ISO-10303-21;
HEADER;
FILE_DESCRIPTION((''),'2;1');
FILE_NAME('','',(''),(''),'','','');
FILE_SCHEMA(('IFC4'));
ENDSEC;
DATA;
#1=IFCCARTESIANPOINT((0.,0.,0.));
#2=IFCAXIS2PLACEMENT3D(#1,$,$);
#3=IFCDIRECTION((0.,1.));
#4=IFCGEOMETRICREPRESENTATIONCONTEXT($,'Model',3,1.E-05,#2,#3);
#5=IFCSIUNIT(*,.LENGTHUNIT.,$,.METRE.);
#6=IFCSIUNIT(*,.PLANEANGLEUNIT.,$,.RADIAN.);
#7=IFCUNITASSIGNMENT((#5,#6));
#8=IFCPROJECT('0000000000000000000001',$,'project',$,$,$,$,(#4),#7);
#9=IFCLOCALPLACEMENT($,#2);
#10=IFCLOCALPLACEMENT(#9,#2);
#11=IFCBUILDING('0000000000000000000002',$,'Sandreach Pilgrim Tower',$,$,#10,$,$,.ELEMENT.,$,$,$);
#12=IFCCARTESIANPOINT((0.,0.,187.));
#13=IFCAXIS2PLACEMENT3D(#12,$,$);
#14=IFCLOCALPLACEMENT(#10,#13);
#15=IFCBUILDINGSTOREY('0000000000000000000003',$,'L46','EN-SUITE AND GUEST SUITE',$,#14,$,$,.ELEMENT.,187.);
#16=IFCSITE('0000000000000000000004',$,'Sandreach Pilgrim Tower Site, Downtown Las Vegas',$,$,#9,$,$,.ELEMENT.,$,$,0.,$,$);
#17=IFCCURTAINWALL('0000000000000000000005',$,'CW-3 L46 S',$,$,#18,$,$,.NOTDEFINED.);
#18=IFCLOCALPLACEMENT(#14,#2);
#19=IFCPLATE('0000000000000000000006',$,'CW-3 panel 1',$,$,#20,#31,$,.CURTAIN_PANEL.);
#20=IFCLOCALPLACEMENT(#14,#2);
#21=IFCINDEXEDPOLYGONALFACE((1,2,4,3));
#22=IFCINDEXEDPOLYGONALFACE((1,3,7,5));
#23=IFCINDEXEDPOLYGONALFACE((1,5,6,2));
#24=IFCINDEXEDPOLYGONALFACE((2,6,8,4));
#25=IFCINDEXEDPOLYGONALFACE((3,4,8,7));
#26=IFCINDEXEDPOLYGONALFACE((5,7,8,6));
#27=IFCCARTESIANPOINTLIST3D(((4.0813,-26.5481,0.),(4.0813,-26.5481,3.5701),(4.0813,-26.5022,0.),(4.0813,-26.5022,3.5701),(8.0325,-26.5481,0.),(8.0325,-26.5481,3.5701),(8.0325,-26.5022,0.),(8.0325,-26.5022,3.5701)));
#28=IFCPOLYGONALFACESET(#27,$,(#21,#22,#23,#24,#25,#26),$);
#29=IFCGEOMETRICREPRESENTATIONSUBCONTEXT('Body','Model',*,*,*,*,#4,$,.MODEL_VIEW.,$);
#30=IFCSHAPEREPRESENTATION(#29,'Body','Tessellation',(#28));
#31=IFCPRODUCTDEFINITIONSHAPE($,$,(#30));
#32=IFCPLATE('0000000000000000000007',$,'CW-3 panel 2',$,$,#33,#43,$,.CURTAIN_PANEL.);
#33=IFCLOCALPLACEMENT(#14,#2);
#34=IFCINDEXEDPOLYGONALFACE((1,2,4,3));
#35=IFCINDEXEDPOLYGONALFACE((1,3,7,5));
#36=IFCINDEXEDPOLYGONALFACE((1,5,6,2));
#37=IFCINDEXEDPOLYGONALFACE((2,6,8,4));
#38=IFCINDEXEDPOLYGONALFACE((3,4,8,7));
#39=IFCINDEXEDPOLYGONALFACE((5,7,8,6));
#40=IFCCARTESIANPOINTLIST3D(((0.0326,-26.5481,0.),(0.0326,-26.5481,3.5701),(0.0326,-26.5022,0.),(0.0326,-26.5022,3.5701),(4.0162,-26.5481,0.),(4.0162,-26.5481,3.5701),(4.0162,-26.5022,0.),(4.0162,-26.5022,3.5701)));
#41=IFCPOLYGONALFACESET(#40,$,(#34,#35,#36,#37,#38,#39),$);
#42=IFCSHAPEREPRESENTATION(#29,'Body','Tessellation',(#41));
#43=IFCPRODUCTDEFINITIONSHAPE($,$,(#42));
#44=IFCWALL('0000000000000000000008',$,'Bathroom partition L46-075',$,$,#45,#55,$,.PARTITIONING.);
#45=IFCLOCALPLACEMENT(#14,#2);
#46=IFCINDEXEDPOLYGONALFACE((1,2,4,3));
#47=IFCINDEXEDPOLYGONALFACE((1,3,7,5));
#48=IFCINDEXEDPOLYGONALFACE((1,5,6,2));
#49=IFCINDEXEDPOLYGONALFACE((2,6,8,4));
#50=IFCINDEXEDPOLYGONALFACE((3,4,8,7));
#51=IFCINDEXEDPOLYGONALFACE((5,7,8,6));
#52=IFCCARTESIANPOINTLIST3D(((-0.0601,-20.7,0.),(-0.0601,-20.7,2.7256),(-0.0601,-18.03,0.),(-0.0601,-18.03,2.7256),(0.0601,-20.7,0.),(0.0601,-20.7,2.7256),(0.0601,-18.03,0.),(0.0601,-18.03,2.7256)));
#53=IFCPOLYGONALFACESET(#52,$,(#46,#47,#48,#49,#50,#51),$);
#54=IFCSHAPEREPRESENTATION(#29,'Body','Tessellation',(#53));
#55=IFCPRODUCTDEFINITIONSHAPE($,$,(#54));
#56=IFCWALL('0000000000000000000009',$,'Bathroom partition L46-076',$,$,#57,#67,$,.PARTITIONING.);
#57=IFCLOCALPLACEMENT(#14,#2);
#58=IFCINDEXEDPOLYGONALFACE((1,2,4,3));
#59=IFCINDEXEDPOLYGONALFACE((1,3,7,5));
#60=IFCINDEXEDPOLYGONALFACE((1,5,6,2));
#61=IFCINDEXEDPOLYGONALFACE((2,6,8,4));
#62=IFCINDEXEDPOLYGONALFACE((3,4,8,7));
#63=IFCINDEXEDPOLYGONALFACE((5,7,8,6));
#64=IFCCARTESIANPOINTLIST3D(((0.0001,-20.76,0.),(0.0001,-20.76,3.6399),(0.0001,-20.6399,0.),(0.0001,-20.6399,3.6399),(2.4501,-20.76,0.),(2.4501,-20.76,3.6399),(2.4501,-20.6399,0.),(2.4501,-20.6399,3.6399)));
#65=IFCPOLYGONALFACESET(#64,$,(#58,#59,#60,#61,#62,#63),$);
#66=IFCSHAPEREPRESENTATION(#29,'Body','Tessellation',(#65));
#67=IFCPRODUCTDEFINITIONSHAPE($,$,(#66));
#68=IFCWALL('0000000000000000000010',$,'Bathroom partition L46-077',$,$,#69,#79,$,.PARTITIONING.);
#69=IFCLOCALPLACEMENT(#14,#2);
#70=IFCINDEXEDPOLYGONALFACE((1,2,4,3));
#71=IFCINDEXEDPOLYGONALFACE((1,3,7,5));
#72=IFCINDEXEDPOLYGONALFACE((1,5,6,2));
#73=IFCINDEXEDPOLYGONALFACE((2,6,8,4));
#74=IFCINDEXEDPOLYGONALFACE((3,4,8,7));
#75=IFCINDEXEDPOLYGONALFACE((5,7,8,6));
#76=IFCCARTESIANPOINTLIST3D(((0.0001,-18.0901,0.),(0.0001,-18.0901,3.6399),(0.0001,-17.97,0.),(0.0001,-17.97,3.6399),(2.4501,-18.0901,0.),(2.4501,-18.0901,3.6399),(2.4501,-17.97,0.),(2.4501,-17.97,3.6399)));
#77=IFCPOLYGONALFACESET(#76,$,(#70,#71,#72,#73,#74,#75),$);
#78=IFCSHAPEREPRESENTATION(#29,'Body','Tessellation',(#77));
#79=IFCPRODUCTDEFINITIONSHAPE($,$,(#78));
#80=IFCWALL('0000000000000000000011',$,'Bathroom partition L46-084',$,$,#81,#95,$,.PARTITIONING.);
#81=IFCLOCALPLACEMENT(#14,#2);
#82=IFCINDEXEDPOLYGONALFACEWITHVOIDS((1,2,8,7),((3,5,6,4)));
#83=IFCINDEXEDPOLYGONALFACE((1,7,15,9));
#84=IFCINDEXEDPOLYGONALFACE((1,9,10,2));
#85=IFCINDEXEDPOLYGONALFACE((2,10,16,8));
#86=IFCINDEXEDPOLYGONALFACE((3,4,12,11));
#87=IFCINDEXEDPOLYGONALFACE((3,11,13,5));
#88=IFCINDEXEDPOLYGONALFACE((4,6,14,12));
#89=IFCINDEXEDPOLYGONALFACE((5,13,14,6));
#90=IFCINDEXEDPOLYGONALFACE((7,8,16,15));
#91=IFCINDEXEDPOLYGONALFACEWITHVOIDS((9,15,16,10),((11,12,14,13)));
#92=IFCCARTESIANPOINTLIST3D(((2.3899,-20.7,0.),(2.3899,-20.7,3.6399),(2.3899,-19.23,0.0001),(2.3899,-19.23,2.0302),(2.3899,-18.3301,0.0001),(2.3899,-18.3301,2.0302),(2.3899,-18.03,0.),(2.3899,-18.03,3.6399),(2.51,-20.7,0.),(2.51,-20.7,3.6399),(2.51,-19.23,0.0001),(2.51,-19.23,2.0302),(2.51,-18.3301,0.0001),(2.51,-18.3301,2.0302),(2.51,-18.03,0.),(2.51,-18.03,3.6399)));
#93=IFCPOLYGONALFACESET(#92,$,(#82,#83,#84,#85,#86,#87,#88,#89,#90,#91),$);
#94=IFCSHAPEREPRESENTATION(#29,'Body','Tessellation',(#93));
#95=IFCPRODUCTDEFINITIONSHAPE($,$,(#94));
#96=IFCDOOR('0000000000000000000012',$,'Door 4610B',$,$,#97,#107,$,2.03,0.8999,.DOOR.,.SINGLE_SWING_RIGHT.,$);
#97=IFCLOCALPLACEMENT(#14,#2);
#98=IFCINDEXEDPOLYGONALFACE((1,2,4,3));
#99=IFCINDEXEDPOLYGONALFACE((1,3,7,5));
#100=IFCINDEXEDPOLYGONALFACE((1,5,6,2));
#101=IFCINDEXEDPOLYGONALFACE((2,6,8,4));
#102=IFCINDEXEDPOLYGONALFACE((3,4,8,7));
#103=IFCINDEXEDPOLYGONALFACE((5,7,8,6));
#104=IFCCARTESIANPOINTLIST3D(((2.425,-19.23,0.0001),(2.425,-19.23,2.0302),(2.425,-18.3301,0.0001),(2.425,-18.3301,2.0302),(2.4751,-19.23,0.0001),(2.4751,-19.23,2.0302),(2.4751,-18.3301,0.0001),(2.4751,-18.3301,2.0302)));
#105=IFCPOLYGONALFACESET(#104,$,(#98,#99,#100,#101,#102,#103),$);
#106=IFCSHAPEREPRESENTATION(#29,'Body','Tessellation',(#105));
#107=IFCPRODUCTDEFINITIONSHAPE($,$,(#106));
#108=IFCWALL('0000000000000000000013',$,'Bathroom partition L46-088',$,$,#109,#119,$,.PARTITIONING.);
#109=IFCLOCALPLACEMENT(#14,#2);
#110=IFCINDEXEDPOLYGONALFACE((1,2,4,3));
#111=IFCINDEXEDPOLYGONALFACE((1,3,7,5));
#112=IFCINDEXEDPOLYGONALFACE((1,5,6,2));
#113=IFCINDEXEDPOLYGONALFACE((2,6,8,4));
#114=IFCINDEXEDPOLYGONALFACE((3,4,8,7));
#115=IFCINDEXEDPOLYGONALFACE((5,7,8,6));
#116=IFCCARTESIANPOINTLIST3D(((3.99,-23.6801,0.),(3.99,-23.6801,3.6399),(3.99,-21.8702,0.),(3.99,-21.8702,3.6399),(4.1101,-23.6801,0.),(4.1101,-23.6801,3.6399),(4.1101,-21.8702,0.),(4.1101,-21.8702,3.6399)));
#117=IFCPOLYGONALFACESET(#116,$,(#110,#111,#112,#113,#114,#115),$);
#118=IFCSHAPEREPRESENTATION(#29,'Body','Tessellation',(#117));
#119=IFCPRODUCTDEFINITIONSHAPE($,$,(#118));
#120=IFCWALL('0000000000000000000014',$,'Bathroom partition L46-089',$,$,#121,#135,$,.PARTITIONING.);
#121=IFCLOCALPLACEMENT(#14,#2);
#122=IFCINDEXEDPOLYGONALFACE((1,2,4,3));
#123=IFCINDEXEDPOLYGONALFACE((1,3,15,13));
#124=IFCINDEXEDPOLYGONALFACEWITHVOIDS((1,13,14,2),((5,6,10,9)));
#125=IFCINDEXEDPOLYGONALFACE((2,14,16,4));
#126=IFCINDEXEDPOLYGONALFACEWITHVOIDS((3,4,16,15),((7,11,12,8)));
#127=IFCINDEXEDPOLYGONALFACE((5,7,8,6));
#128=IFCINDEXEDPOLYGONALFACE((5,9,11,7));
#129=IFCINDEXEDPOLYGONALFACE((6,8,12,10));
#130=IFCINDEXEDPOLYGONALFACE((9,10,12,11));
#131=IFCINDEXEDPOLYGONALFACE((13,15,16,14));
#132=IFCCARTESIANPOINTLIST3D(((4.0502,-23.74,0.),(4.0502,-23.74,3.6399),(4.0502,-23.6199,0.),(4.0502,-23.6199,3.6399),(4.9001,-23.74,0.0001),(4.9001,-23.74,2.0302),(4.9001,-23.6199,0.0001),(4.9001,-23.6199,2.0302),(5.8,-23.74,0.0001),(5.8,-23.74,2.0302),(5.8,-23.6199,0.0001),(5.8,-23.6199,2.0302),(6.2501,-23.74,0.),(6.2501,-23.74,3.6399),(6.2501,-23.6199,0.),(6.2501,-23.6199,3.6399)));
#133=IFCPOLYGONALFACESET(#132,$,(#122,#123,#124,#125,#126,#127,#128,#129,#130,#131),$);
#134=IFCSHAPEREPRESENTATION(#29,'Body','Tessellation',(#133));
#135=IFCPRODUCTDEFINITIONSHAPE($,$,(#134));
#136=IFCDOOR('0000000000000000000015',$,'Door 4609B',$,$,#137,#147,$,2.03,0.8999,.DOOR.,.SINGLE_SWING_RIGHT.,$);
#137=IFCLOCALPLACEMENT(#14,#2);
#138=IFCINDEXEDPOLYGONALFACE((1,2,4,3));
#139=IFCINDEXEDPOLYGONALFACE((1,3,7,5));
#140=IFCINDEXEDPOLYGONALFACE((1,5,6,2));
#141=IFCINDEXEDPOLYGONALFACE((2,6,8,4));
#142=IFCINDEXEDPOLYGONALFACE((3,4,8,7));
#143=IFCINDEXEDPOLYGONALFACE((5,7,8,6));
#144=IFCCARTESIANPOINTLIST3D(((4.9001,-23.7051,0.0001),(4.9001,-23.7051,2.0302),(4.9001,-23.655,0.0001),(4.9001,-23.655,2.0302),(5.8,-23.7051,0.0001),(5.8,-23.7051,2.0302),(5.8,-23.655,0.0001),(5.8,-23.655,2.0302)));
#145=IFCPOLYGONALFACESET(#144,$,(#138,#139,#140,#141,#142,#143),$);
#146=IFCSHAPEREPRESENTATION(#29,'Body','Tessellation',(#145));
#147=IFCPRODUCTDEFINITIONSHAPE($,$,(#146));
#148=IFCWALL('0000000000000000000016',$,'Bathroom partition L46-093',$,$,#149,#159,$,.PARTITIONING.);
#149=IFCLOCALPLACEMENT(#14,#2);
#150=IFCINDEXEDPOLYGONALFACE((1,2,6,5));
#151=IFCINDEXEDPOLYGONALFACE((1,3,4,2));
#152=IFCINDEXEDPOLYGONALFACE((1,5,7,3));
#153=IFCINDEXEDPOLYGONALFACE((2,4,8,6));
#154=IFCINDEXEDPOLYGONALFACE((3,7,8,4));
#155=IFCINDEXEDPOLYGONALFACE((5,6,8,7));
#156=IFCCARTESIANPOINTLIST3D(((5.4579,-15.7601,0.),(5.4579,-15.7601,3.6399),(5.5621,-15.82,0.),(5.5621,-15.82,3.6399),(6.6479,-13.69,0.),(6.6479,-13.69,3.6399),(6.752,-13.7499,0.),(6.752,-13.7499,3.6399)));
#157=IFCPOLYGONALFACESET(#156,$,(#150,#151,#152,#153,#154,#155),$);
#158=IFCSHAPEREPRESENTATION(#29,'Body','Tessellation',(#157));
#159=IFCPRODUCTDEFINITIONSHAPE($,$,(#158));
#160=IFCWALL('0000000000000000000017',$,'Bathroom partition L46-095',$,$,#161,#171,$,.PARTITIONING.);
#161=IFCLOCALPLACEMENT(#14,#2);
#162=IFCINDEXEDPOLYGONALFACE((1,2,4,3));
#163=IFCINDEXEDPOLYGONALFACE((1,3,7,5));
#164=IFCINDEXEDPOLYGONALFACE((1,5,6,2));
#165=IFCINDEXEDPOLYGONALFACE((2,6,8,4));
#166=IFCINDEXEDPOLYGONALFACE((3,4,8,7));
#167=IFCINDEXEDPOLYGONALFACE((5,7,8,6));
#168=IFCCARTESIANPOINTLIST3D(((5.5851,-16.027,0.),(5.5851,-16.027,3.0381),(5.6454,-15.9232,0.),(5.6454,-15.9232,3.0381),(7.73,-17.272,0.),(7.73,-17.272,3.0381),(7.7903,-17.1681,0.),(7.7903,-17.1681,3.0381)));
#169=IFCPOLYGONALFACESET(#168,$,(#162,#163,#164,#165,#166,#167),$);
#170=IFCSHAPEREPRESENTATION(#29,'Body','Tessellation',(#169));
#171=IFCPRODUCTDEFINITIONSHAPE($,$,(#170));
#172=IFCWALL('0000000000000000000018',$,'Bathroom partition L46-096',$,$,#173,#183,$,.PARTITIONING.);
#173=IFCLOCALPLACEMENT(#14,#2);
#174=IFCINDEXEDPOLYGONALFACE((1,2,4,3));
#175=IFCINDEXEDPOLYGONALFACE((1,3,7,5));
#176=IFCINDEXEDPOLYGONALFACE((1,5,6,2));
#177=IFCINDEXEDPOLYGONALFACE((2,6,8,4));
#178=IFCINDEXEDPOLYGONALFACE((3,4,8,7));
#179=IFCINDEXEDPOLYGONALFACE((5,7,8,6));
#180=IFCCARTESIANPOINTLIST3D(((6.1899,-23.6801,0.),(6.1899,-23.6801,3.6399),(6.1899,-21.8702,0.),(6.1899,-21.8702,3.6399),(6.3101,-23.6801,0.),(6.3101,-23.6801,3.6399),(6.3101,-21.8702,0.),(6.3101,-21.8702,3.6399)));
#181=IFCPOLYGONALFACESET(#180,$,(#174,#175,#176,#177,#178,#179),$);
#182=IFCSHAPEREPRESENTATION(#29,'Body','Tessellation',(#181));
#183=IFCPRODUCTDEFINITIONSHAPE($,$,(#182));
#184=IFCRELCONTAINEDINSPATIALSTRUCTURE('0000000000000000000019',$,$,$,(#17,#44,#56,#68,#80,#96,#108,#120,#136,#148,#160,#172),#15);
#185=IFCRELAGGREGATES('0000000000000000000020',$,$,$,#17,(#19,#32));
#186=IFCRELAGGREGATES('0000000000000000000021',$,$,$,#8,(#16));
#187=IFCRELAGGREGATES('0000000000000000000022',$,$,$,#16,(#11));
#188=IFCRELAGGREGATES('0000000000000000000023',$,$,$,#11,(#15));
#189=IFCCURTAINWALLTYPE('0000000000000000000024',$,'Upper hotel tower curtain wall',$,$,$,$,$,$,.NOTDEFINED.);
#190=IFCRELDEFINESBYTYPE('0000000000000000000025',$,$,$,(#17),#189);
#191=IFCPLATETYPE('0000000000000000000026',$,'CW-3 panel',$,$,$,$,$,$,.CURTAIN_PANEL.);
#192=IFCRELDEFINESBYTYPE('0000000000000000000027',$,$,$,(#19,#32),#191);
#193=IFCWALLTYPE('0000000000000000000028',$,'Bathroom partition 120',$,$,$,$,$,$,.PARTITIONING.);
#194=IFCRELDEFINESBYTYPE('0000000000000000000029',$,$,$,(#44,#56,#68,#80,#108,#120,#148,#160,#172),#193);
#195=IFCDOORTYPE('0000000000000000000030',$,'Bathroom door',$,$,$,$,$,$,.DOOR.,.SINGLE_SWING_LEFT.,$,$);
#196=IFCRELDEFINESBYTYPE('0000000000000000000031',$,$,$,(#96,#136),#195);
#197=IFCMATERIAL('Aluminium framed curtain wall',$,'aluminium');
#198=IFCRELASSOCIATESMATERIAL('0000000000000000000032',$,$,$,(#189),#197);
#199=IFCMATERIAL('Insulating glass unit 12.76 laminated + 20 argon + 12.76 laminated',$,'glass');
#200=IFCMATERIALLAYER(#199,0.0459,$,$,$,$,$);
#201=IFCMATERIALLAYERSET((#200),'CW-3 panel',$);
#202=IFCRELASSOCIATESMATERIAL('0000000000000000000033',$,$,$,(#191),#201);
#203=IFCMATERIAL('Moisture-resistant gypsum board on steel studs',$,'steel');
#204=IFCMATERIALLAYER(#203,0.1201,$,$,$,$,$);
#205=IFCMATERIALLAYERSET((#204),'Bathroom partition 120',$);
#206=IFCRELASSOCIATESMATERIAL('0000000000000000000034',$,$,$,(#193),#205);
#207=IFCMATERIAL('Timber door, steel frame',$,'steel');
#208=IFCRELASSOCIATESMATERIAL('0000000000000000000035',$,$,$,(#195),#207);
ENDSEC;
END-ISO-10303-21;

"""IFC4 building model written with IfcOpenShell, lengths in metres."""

from ifc_helpers import new_model, si_unit, direction, frame, frame_2d, origin, origin_2d, place, context, subcontext, project, spatial, rectangle, extrude, material, layer, layer_set, type_object, element, fill, aggregate, save


model = new_model("IFC4")

# Units and contexts
model_context = context("Model", 3, precision=1e-05, world=origin(), true_north=direction((0.0, 1.0)))
body_context = subcontext(model_context, "Body", "Model", "MODEL_VIEW")
ifc_project = project(units=[si_unit("LENGTHUNIT", "METRE"), si_unit("PLANEANGLEUNIT", "RADIAN")], contexts=[model_context])

# Site, building, storey
site_placement = place(None, origin())
site = spatial("IfcSite", under=ifc_project, at=site_placement, Name="Sandreach Pilgrim Tower Site, Downtown Las Vegas", CompositionType="ELEMENT", RefElevation=0.0)
building_placement = place(site_placement, origin())
building = spatial("IfcBuilding", under=site, at=building_placement, Name="Sandreach Pilgrim Tower", CompositionType="ELEMENT")
storey_placement = place(building_placement, frame((0.0, 0.0, 187.0)))
storey = spatial("IfcBuildingStorey", under=building, at=storey_placement, Name="L46", Description="EN-SUITE AND GUEST SUITE", CompositionType="ELEMENT", Elevation=187.0)

# Curtain wall
ifc_material_1 = material(Name="Aluminium framed curtain wall", Category="aluminium")
curtain_wall_type = type_object("IfcCurtainWallType", Name="Upper hotel tower curtain wall", PredefinedType="NOTDEFINED", material=ifc_material_1)
curtain_wall_placement = place(storey_placement, origin())
curtain_wall = element("IfcCurtainWall", 1, at=curtain_wall_placement, inside=storey, type_object=curtain_wall_type, Name="CW-3 L46 S", PredefinedType="NOTDEFINED")

# Plates
ifc_material_2 = material(Name="Insulating glass unit 12.76 laminated + 20 argon + 12.76 laminated", Category="glass")
ifc_layer_1 = layer(ifc_material_2, 0.0459)
ifc_layer_set_1 = layer_set([ifc_layer_1], Name="CW-3 panel")
plate_type = type_object("IfcPlateType", Name="CW-3 panel", PredefinedType="CURTAIN_PANEL", material=ifc_layer_set_1)
plate_1_placement = place(storey_placement, frame((6.0569, -26.5251, 0.0), z_axis=(0.0, 0.0, 1.0), x_axis=(-1.0, 0.0, 0.0)))
plate_1 = element("IfcPlate", 2, at=plate_1_placement, type_object=plate_type, Name="CW-3 panel 1", PredefinedType="CURTAIN_PANEL", context=body_context, shape_type="SweptSolid", body=[
    extrude(rectangle(XDim=3.9512, YDim=0.0459, at=origin_2d()), origin(), (0.0, 0.0, 1.0), 3.5701),
])
plate_2_placement = place(storey_placement, frame((2.0244, -26.5251, 0.0), z_axis=(0.0, 0.0, 1.0), x_axis=(-1.0, 0.0, 0.0)))
plate_2 = element("IfcPlate", 3, at=plate_2_placement, type_object=plate_type, Name="CW-3 panel 2", PredefinedType="CURTAIN_PANEL", context=body_context, shape_type="SweptSolid", body=[
    extrude(rectangle(XDim=3.9836, YDim=0.0459, at=origin_2d()), origin(), (0.0, 0.0, 1.0), 3.5701),
])
aggregate(curtain_wall, [plate_1, plate_2])

# Walls
ifc_material_3 = material(Name="Moisture-resistant gypsum board on steel studs", Category="steel")
ifc_layer_2 = layer(ifc_material_3, 0.1201)
ifc_layer_set_2 = layer_set([ifc_layer_2], Name="Bathroom partition 120")
wall_type_1 = type_object("IfcWallType", Name="Bathroom partition 120", PredefinedType="PARTITIONING", material=ifc_layer_set_2)
wall_1_placement = place(storey_placement, frame((0.0, -20.7, 0.0), z_axis=(0.0, 0.0, 1.0), x_axis=(0.0, 1.0, 0.0)))
element("IfcWall", 4, at=wall_1_placement, inside=storey, type_object=wall_type_1, Name="Bathroom partition L46-075", PredefinedType="PARTITIONING", context=body_context, shape_type="SweptSolid", body=[
    extrude(rectangle(XDim=2.6699, YDim=0.1201, at=frame_2d((1.335, 0.0))), origin(), (0.0, 0.0, 1.0), 2.7256),
])
for number, where, z_axis, x_axis, name in (
    (5, (0.0, -20.7, 0.0), (0.0, 0.0, 1.0), (1.0, 0.0, 0.0), "Bathroom partition L46-076"),
    (6, (0.0, -18.03, 0.0), (0.0, 0.0, 1.0), (1.0, 0.0, 0.0), "Bathroom partition L46-077"),
):
    element("IfcWall", number, at=place(storey_placement, frame(where, z_axis=z_axis, x_axis=x_axis)), inside=storey, type_object=wall_type_1, Name=name, PredefinedType="PARTITIONING", context=body_context, shape_type="SweptSolid", body=[
        extrude(rectangle(XDim=2.45, YDim=0.1201, at=frame_2d((1.2251, 0.0))), origin(), (0.0, 0.0, 1.0), 3.6399),
    ])

# Wall, opening, door
wall_2_placement = place(storey_placement, frame((2.45, -20.7, 0.0), z_axis=(0.0, 0.0, 1.0), x_axis=(0.0, 1.0, 0.0)))
wall_2 = element("IfcWall", 7, at=wall_2_placement, inside=storey, type_object=wall_type_1, Name="Bathroom partition L46-084", PredefinedType="PARTITIONING", context=body_context, shape_type="SweptSolid", body=[
    extrude(rectangle(XDim=2.6699, YDim=0.1201, at=frame_2d((1.335, 0.0))), origin(), (0.0, 0.0, 1.0), 3.6399),
])
opening_1_placement = place(wall_2_placement, frame((1.47, 0.0, 0.0)))
opening_1 = element("IfcOpeningElement", 8, at=opening_1_placement, cuts=wall_2, PredefinedType="OPENING", context=body_context, shape_type="SweptSolid", body=[
    extrude(rectangle(XDim=0.8999, YDim=2.03, at=frame_2d((0.45, 1.0151))), frame((0.0, 0.0601, 0.0), z_axis=(0.0, -1.0, 0.0), x_axis=(1.0, 0.0, 0.0)), (0.0, 0.0, 1.0), 0.1201),
])
ifc_material_4 = material(Name="Timber door, steel frame", Category="steel")
door_type_1 = type_object("IfcDoorType", Name="Bathroom door", OperationType="SINGLE_SWING_LEFT", PredefinedType="DOOR", material=ifc_material_4)
door_1_placement = place(opening_1_placement, origin())
door_1 = element("IfcDoor", 9, at=door_1_placement, inside=storey, type_object=door_type_1, Name="Door 4610B", OperationType="SINGLE_SWING_RIGHT", OverallHeight=2.03, OverallWidth=0.8999, PredefinedType="DOOR", context=body_context, shape_type="SweptSolid", body=[
    extrude(rectangle(XDim=0.8999, YDim=2.03, at=frame_2d((0.45, 1.0151))), frame((0.0, 0.0249, 0.0), z_axis=(0.0, -1.0, 0.0), x_axis=(1.0, 0.0, 0.0)), (0.0, 0.0, 1.0), 0.05),
])
fill(opening_1, door_1)

# Wall
wall_3_placement = place(storey_placement, frame((4.05, -23.6799, 0.0), z_axis=(0.0, 0.0, 1.0), x_axis=(0.0, 1.0, 0.0)))
element("IfcWall", 10, at=wall_3_placement, inside=storey, type_object=wall_type_1, Name="Bathroom partition L46-088", PredefinedType="PARTITIONING", context=body_context, shape_type="SweptSolid", body=[
    extrude(rectangle(XDim=1.8098, YDim=0.1201, at=frame_2d((0.9048, 0.0))), origin(), (0.0, 0.0, 1.0), 3.6399),
])

# Wall, opening, door
wall_4_placement = place(storey_placement, frame((4.05, -23.6799, 0.0), z_axis=(0.0, 0.0, 1.0), x_axis=(1.0, 0.0, 0.0)))
wall_4 = element("IfcWall", 11, at=wall_4_placement, inside=storey, type_object=wall_type_1, Name="Bathroom partition L46-089", PredefinedType="PARTITIONING", context=body_context, shape_type="SweptSolid", body=[
    extrude(rectangle(XDim=2.2, YDim=0.1201, at=frame_2d((1.1001, 0.0))), origin(), (0.0, 0.0, 1.0), 3.6399),
])
opening_2_placement = place(wall_4_placement, frame((0.8501, 0.0, 0.0)))
opening_2 = element("IfcOpeningElement", 12, at=opening_2_placement, cuts=wall_4, PredefinedType="OPENING", context=body_context, shape_type="SweptSolid", body=[
    extrude(rectangle(XDim=0.8999, YDim=2.03, at=frame_2d((0.45, 1.0151))), frame((0.0, 0.0601, 0.0), z_axis=(0.0, -1.0, 0.0), x_axis=(1.0, 0.0, 0.0)), (0.0, 0.0, 1.0), 0.1201),
])
door_2_placement = place(opening_2_placement, origin())
door_2 = element("IfcDoor", 13, at=door_2_placement, inside=storey, type_object=door_type_1, Name="Door 4609B", OperationType="SINGLE_SWING_RIGHT", OverallHeight=2.03, OverallWidth=0.8999, PredefinedType="DOOR", context=body_context, shape_type="SweptSolid", body=[
    extrude(rectangle(XDim=0.8999, YDim=2.03, at=frame_2d((0.45, 1.0151))), frame((0.0, 0.0249, 0.0), z_axis=(0.0, -1.0, 0.0), x_axis=(1.0, 0.0, 0.0)), (0.0, 0.0, 1.0), 0.05),
])
fill(opening_2, door_2)

# Walls
wall_5_placement = place(storey_placement, frame((5.51, -15.79, 0.0), z_axis=(0.0, 0.0, 1.0), x_axis=(0.498362, 0.866969, 0.0)))
element("IfcWall", 14, at=wall_5_placement, inside=storey, type_object=wall_type_1, Name="Bathroom partition L46-093", PredefinedType="PARTITIONING", context=body_context, shape_type="SweptSolid", body=[
    extrude(rectangle(XDim=2.3877, YDim=0.1201, at=frame_2d((1.1938, 0.0))), origin(), (0.0, 0.0, 1.0), 3.6399),
])
wall_6_placement = place(storey_placement, frame((5.6152, -15.9751, 0.0), z_axis=(0.0, 0.0, 1.0), x_axis=(0.864873, -0.501991, 0.0)))
element("IfcWall", 15, at=wall_6_placement, inside=storey, type_object=wall_type_1, Name="Bathroom partition L46-095", PredefinedType="PARTITIONING", context=body_context, shape_type="SweptSolid", body=[
    extrude(rectangle(XDim=2.48, YDim=0.1201, at=frame_2d((1.24, 0.0))), origin(), (0.0, 0.0, 1.0), 3.0381),
])
wall_7_placement = place(storey_placement, frame((6.25, -23.6799, 0.0), z_axis=(0.0, 0.0, 1.0), x_axis=(0.0, 1.0, 0.0)))
element("IfcWall", 16, at=wall_7_placement, inside=storey, type_object=wall_type_1, Name="Bathroom partition L46-096", PredefinedType="PARTITIONING", context=body_context, shape_type="SweptSolid", body=[
    extrude(rectangle(XDim=1.8098, YDim=0.1201, at=frame_2d((0.9048, 0.0))), origin(), (0.0, 0.0, 1.0), 3.6399),
])

save(model, "model.ifc")
